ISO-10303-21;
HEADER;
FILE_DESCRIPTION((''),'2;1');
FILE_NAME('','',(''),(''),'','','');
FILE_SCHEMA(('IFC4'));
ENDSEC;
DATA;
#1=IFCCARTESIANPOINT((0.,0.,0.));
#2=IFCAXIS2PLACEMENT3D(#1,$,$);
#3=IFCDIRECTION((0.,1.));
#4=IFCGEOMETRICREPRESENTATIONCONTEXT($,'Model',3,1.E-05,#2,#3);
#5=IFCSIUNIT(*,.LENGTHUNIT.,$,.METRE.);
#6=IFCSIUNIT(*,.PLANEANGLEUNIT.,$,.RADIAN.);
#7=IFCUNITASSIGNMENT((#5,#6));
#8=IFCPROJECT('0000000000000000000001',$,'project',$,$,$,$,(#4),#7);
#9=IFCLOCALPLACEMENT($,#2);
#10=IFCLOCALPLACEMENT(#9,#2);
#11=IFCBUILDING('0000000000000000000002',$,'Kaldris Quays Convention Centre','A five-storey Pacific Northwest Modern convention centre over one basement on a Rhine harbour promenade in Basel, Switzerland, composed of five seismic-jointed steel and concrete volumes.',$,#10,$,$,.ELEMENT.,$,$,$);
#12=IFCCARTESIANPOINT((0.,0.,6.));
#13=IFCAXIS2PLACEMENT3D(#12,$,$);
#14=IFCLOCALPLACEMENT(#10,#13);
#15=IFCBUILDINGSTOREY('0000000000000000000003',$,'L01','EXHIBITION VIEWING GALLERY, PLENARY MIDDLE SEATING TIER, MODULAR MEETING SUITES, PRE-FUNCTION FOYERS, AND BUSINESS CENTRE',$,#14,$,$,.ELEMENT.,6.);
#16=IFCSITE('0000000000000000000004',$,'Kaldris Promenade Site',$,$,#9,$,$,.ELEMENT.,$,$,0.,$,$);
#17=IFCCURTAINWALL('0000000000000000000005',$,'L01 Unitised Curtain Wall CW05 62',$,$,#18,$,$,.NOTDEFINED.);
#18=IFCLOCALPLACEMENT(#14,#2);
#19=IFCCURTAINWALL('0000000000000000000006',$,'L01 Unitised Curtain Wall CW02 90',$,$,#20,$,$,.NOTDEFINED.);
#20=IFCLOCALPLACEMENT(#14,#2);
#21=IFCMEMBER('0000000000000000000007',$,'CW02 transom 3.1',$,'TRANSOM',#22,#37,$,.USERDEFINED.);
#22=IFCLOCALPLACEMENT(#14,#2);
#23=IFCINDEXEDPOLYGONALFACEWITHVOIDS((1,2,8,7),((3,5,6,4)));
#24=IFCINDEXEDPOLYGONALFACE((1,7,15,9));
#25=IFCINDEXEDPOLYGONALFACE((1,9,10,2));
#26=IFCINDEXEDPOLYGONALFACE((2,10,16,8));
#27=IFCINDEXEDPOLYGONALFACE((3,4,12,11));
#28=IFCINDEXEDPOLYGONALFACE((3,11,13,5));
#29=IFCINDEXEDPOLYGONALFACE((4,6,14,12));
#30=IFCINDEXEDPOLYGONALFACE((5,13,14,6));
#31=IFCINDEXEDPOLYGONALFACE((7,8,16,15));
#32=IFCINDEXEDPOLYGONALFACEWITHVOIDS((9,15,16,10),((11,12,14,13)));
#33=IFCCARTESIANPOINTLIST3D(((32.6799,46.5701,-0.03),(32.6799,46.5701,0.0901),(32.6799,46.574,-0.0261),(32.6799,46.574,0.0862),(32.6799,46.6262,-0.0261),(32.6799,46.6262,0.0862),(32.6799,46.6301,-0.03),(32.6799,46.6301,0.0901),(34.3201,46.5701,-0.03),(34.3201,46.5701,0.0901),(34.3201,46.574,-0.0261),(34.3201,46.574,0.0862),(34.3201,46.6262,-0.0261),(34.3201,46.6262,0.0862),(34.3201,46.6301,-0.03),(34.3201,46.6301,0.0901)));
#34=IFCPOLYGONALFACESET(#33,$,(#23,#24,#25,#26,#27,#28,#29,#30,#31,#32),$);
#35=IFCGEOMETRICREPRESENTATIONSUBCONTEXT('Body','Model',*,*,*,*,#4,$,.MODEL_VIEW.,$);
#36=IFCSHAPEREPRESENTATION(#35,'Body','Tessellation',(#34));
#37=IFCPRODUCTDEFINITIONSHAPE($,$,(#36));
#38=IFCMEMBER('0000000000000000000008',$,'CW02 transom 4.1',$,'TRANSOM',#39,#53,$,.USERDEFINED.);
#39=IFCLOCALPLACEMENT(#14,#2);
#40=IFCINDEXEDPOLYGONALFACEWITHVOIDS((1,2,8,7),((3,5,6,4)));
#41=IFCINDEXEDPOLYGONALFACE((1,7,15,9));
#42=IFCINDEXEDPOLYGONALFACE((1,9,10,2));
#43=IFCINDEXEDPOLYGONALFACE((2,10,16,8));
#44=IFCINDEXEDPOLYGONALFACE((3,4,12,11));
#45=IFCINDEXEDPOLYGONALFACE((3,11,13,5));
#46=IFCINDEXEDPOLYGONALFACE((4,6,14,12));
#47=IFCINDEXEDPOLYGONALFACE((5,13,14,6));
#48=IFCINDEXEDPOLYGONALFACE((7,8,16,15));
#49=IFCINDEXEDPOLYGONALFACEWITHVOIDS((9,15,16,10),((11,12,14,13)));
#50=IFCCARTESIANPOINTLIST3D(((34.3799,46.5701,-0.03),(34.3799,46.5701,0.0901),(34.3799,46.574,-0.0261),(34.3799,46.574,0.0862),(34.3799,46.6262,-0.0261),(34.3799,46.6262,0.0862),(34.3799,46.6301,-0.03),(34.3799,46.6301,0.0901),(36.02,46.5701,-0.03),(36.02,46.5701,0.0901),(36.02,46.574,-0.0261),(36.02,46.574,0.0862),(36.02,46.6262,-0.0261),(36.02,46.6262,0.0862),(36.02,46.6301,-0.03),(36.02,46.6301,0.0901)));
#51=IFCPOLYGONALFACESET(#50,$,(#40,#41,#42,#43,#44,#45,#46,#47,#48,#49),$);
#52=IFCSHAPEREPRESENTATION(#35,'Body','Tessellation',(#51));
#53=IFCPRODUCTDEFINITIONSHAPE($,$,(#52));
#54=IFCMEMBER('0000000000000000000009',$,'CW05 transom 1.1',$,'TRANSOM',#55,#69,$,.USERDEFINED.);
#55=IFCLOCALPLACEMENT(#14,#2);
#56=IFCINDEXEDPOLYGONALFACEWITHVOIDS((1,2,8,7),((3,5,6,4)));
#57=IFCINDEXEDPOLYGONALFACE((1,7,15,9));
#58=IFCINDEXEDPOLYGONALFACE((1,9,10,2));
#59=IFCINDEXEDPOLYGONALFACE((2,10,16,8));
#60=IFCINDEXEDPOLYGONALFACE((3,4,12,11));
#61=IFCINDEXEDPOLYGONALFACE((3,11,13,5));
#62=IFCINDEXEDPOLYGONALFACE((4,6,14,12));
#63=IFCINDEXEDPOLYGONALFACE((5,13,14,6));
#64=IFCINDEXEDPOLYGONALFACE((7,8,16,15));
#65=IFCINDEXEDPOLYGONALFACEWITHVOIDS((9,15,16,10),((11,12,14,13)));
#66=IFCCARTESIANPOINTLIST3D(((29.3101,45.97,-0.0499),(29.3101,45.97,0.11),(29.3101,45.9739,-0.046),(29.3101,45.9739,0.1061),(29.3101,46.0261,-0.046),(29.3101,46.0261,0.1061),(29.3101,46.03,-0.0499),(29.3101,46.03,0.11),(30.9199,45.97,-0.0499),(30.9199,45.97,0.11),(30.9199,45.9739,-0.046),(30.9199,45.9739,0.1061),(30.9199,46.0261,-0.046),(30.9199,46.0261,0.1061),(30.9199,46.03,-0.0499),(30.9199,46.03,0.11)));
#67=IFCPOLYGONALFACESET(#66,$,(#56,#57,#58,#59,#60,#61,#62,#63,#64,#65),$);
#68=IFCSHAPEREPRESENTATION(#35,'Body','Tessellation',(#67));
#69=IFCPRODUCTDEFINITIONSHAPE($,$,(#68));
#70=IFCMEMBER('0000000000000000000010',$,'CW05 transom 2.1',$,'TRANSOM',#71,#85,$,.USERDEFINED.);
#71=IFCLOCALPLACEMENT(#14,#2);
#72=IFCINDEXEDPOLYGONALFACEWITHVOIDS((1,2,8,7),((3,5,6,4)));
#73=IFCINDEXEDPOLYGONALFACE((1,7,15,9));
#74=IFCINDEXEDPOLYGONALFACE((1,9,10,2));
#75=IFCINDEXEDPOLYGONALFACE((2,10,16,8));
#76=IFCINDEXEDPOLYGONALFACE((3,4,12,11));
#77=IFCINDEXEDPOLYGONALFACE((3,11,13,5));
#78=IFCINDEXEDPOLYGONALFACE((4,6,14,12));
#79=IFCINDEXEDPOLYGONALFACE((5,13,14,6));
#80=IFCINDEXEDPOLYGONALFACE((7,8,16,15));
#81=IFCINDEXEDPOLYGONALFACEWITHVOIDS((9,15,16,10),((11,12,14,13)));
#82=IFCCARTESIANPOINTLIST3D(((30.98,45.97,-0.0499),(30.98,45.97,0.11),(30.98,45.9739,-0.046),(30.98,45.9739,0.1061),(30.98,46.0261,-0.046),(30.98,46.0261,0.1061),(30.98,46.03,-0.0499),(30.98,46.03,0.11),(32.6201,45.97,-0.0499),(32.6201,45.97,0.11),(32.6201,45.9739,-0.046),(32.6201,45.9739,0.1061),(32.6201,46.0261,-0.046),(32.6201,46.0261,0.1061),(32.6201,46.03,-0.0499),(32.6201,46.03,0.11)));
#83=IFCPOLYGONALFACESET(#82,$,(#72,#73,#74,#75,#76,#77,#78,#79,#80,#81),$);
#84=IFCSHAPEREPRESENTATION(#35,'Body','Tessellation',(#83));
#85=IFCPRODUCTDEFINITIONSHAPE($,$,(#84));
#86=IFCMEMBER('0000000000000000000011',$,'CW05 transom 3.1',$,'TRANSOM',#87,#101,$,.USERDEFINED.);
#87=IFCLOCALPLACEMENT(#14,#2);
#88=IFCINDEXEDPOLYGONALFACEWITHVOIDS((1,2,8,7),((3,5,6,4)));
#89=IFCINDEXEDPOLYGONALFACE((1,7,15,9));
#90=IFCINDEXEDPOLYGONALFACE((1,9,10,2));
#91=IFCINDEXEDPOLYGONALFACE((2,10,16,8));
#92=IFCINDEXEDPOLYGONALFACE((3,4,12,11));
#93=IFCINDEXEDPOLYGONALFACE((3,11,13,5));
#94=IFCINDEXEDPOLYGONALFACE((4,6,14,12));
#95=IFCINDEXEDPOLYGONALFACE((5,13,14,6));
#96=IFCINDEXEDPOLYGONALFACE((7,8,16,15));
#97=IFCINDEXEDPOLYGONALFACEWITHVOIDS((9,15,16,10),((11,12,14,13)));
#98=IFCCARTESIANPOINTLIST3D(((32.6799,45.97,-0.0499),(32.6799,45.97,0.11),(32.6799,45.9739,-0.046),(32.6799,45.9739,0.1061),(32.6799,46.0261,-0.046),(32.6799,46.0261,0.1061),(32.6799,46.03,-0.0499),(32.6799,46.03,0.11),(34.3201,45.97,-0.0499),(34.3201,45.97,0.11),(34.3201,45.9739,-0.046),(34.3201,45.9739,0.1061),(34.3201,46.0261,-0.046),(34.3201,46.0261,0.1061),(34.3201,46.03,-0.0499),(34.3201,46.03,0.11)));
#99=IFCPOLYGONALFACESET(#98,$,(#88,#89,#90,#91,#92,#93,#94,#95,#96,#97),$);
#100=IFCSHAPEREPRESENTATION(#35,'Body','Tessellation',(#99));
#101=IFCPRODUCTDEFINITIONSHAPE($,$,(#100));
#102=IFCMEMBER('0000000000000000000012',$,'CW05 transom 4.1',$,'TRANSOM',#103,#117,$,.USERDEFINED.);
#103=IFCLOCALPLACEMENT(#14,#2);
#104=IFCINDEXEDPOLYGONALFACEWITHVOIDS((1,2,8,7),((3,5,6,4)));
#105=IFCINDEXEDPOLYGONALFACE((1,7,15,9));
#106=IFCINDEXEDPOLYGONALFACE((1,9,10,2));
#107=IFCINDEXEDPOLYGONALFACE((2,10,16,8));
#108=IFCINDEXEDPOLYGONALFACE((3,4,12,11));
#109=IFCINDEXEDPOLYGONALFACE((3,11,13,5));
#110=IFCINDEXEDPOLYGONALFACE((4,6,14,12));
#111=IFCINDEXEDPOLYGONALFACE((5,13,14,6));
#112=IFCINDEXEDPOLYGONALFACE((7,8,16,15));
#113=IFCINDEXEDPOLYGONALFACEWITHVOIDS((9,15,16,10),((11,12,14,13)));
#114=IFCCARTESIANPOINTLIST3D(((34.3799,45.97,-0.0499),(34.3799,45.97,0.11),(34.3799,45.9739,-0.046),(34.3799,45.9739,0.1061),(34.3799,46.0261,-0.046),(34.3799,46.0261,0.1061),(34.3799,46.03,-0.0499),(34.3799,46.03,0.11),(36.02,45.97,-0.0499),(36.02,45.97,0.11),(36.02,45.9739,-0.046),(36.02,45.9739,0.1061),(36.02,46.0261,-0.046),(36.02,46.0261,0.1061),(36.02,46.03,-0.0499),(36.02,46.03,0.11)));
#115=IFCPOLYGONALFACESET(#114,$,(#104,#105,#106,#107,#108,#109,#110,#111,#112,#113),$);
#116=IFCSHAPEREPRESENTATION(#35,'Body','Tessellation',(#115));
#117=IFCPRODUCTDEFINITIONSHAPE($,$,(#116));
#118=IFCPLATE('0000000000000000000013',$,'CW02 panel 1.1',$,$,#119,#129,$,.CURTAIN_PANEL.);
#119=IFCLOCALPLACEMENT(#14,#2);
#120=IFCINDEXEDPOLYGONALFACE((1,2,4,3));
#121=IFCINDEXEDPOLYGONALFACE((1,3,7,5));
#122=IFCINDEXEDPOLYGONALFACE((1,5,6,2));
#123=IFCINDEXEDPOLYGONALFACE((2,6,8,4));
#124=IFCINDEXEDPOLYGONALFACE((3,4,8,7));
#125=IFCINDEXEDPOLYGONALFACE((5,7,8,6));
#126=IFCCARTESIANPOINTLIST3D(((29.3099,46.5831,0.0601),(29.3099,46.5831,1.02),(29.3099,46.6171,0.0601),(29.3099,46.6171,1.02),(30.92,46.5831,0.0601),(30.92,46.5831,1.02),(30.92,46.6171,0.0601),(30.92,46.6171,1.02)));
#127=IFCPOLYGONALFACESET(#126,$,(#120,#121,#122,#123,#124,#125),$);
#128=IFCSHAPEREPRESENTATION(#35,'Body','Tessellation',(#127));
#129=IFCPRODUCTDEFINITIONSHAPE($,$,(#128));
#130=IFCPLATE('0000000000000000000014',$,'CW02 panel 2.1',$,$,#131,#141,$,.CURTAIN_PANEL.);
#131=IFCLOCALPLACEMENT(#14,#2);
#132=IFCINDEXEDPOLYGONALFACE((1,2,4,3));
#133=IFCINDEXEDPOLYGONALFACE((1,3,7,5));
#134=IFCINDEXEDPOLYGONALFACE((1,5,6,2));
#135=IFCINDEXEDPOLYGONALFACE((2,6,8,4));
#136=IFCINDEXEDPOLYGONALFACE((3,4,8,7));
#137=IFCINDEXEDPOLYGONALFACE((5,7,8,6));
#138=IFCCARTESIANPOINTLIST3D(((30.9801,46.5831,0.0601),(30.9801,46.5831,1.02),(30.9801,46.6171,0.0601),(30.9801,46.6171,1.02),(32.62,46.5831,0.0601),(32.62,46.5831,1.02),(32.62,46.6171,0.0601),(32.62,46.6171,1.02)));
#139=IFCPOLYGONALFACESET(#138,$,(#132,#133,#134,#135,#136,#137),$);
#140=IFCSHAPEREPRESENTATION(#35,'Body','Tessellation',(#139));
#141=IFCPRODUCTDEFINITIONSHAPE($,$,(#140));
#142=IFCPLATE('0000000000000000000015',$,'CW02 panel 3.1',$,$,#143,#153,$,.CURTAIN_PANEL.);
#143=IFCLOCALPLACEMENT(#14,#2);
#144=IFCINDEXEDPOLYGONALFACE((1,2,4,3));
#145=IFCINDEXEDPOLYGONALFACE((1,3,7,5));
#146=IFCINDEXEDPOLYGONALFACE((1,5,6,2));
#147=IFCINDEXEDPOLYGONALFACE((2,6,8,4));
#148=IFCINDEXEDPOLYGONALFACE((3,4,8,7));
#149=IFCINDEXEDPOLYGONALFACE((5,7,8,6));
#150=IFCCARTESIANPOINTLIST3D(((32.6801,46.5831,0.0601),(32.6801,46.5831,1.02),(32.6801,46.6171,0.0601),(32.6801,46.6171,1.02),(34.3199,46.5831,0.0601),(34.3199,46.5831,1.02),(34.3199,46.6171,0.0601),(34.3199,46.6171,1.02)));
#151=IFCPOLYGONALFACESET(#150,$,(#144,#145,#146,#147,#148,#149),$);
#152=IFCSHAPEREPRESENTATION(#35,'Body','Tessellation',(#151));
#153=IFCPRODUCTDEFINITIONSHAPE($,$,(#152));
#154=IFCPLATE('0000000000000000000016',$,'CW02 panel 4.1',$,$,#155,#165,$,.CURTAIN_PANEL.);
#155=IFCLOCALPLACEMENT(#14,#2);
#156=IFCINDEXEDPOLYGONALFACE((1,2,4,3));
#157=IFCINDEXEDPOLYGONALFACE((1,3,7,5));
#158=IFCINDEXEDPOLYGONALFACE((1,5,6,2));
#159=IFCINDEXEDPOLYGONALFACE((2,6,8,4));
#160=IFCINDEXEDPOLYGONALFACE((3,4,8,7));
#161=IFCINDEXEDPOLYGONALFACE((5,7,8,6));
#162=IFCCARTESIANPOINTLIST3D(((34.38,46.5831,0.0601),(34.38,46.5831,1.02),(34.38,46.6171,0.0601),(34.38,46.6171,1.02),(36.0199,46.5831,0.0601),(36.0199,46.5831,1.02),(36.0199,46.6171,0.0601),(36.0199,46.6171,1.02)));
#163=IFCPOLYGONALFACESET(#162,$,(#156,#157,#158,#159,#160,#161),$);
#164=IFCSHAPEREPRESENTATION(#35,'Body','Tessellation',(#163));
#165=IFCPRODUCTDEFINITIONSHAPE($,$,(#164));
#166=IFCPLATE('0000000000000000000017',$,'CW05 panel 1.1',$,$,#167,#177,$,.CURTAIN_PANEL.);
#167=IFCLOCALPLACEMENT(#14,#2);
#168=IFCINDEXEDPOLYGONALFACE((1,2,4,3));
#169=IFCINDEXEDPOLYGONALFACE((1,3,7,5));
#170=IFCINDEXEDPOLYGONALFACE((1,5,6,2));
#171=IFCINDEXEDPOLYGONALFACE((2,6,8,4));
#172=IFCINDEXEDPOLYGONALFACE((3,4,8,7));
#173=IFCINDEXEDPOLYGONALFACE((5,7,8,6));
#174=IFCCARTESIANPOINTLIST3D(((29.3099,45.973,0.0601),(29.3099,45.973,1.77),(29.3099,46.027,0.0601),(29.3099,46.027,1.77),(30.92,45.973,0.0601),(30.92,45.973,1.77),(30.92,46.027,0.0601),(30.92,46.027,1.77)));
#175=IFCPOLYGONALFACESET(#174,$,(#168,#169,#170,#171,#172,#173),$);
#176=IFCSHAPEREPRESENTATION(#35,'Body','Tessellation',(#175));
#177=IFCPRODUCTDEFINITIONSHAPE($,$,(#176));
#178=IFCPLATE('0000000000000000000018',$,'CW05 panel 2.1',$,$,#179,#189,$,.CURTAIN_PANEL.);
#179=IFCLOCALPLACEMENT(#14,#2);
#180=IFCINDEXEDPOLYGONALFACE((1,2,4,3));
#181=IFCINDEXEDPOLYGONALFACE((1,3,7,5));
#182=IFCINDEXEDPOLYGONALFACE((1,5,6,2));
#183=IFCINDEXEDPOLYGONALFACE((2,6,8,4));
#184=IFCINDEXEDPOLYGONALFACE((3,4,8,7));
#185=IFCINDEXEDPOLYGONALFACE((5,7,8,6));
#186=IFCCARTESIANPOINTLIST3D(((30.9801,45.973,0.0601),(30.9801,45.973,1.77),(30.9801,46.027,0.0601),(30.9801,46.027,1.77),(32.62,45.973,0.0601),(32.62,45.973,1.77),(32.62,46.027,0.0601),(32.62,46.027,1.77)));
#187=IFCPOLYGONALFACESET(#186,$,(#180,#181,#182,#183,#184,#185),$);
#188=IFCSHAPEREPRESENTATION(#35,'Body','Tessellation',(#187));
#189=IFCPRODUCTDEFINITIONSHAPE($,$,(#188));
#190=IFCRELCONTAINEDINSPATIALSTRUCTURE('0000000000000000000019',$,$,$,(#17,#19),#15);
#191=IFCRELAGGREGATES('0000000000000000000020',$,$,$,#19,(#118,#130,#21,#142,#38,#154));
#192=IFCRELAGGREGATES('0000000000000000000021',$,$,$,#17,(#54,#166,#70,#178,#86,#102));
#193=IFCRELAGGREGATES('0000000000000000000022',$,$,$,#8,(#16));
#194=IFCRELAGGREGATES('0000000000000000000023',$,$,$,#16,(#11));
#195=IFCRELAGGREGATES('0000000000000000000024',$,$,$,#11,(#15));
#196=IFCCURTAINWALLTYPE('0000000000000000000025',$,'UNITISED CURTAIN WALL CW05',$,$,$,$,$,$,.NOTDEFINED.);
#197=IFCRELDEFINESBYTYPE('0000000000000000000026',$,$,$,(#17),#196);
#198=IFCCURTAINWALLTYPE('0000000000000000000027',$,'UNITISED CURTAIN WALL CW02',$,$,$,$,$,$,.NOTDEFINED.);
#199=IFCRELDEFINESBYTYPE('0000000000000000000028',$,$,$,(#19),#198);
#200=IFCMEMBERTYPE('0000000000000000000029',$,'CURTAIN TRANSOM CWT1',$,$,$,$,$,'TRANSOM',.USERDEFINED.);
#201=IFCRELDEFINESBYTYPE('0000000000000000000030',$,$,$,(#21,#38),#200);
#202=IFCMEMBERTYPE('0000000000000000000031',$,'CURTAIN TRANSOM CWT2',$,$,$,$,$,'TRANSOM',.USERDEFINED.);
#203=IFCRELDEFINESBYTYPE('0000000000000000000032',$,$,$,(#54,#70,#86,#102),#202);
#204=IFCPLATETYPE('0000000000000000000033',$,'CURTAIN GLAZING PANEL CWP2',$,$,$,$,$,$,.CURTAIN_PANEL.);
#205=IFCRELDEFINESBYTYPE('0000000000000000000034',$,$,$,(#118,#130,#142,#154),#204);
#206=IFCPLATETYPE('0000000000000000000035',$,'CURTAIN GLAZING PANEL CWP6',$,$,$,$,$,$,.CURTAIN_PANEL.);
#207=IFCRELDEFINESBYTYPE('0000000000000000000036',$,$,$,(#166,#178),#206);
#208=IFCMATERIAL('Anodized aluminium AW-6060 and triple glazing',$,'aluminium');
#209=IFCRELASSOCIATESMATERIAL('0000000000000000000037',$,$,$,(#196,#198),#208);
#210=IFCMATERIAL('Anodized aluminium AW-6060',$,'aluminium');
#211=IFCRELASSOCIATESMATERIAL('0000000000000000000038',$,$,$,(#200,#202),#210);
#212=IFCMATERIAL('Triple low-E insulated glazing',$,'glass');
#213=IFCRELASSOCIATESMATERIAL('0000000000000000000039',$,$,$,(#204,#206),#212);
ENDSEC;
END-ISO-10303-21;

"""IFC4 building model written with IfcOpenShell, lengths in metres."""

from ifc_helpers import new_model, si_unit, direction, frame, origin, origin_2d, place, context, subcontext, project, spatial, rectangle, hollow_rectangle, extrude, material, material_profile, profile_set, type_object, element, aggregate, save


model = new_model("IFC4")

# Units and contexts
model_context = context("Model", 3, precision=1e-05, world=origin(), true_north=direction((0.0, 1.0)))
body_context = subcontext(model_context, "Body", "Model", "MODEL_VIEW")
ifc_project = project(units=[si_unit("LENGTHUNIT", "METRE"), si_unit("PLANEANGLEUNIT", "RADIAN")], contexts=[model_context])

# Site, building, storey
site_placement = place(None, origin())
site = spatial("IfcSite", under=ifc_project, at=site_placement, Name="Kaldris Promenade Site", CompositionType="ELEMENT", RefElevation=0.0)
building_placement = place(site_placement, origin())
building = spatial("IfcBuilding", under=site, at=building_placement, Name="Kaldris Quays Convention Centre", Description="A five-storey Pacific Northwest Modern convention centre over one basement on a Rhine harbour promenade in Basel, Switzerland, composed of five seismic-jointed steel and concrete volumes.", CompositionType="ELEMENT")
storey_placement = place(building_placement, frame((0.0, 0.0, 6.0)))
storey = spatial("IfcBuildingStorey", under=building, at=storey_placement, Name="L01", Description="EXHIBITION VIEWING GALLERY, PLENARY MIDDLE SEATING TIER, MODULAR MEETING SUITES, PRE-FUNCTION FOYERS, AND BUSINESS CENTRE", CompositionType="ELEMENT", Elevation=6.0)

# Curtain walls, members
ifc_material_1 = material(Name="Anodized aluminium AW-6060 and triple glazing", Category="aluminium")
curtain_wall_type_1 = type_object("IfcCurtainWallType", Name="UNITISED CURTAIN WALL CW05", PredefinedType="NOTDEFINED", material=ifc_material_1)
curtain_wall_1_placement = place(storey_placement, origin())
curtain_wall_1 = element("IfcCurtainWall", 1, at=curtain_wall_1_placement, inside=storey, type_object=curtain_wall_type_1, Name="L01 Unitised Curtain Wall CW05 62", PredefinedType="NOTDEFINED")
ifc_material_2 = material(Name="Anodized aluminium AW-6060", Category="aluminium")
curtain_wall_type_2 = type_object("IfcCurtainWallType", Name="UNITISED CURTAIN WALL CW02", PredefinedType="NOTDEFINED", material=ifc_material_1)
curtain_wall_2_placement = place(storey_placement, origin())
curtain_wall_2 = element("IfcCurtainWall", 2, at=curtain_wall_2_placement, inside=storey, type_object=curtain_wall_type_2, Name="L01 Unitised Curtain Wall CW02 90", PredefinedType="NOTDEFINED")
ifc_material_profile_1 = material_profile(ifc_material_2, hollow_rectangle(XDim=0.0601, YDim=0.1201, WallThickness=0.0039, at=origin_2d()), Name="RHS 120x60x4")
ifc_profile_set_1 = profile_set([ifc_material_profile_1], Name="Anodized aluminium AW-6060")
member_type_1 = type_object("IfcMemberType", Name="CURTAIN TRANSOM CWT1", ElementType="TRANSOM", PredefinedType="USERDEFINED", material=ifc_profile_set_1)
member_1_placement = place(storey_placement, frame((32.6799, 46.6001, 0.03), z_axis=(1.0, 0.0, 0.0), x_axis=(0.0, 1.0, 0.0)))
member_1 = element("IfcMember", 3, at=member_1_placement, type_object=member_type_1, Name="CW02 transom 3.1", ObjectType="TRANSOM", PredefinedType="USERDEFINED", context=body_context, shape_type="SweptSolid", body=[
    extrude(hollow_rectangle(XDim=0.0601, YDim=0.1201, WallThickness=0.0039, at=origin_2d()), origin(), (0.0, 0.0, 1.0), 1.6401),
])
member_2_placement = place(storey_placement, frame((34.3799, 46.6001, 0.03), z_axis=(1.0, 0.0, 0.0), x_axis=(0.0, 1.0, 0.0)))
member_2 = element("IfcMember", 4, at=member_2_placement, type_object=member_type_1, Name="CW02 transom 4.1", ObjectType="TRANSOM", PredefinedType="USERDEFINED", context=body_context, shape_type="SweptSolid", body=[
    extrude(hollow_rectangle(XDim=0.0601, YDim=0.1201, WallThickness=0.0039, at=origin_2d()), origin(), (0.0, 0.0, 1.0), 1.6401),
])

# Members
ifc_material_profile_2 = material_profile(ifc_material_2, hollow_rectangle(XDim=0.0601, YDim=0.1599, WallThickness=0.0039, at=origin_2d()), Name="RHS 160x60x4")
ifc_profile_set_2 = profile_set([ifc_material_profile_2], Name="Anodized aluminium AW-6060")
member_type_2 = type_object("IfcMemberType", Name="CURTAIN TRANSOM CWT2", ElementType="TRANSOM", PredefinedType="USERDEFINED", material=ifc_profile_set_2)
member_3_placement = place(storey_placement, frame((29.3101, 46.0, 0.03), z_axis=(1.0, 0.0, 0.0), x_axis=(0.0, 1.0, 0.0)))
member_3 = element("IfcMember", 5, at=member_3_placement, type_object=member_type_2, Name="CW05 transom 1.1", ObjectType="TRANSOM", PredefinedType="USERDEFINED", context=body_context, shape_type="SweptSolid", body=[
    extrude(hollow_rectangle(XDim=0.0601, YDim=0.1599, WallThickness=0.0039, at=origin_2d()), origin(), (0.0, 0.0, 1.0), 1.6099),
])
member_4_placement = place(storey_placement, frame((30.98, 46.0, 0.03), z_axis=(1.0, 0.0, 0.0), x_axis=(0.0, 1.0, 0.0)))
member_4 = element("IfcMember", 6, at=member_4_placement, type_object=member_type_2, Name="CW05 transom 2.1", ObjectType="TRANSOM", PredefinedType="USERDEFINED", context=body_context, shape_type="SweptSolid", body=[
    extrude(hollow_rectangle(XDim=0.0601, YDim=0.1599, WallThickness=0.0039, at=origin_2d()), origin(), (0.0, 0.0, 1.0), 1.6401),
])
member_5_placement = place(storey_placement, frame((32.6799, 46.0, 0.03), z_axis=(1.0, 0.0, 0.0), x_axis=(0.0, 1.0, 0.0)))
member_5 = element("IfcMember", 7, at=member_5_placement, type_object=member_type_2, Name="CW05 transom 3.1", ObjectType="TRANSOM", PredefinedType="USERDEFINED", context=body_context, shape_type="SweptSolid", body=[
    extrude(hollow_rectangle(XDim=0.0601, YDim=0.1599, WallThickness=0.0039, at=origin_2d()), origin(), (0.0, 0.0, 1.0), 1.6401),
])
member_6_placement = place(storey_placement, frame((34.3799, 46.0, 0.03), z_axis=(1.0, 0.0, 0.0), x_axis=(0.0, 1.0, 0.0)))
member_6 = element("IfcMember", 8, at=member_6_placement, type_object=member_type_2, Name="CW05 transom 4.1", ObjectType="TRANSOM", PredefinedType="USERDEFINED", context=body_context, shape_type="SweptSolid", body=[
    extrude(hollow_rectangle(XDim=0.0601, YDim=0.1599, WallThickness=0.0039, at=origin_2d()), origin(), (0.0, 0.0, 1.0), 1.6401),
])

# Plates
ifc_material_3 = material(Name="Triple low-E insulated glazing", Category="glass")
plate_type_1 = type_object("IfcPlateType", Name="CURTAIN GLAZING PANEL CWP2", PredefinedType="CURTAIN_PANEL", material=ifc_material_3)
plate_1_placement = place(storey_placement, frame((30.115, 46.6001, 0.0601), z_axis=(0.0, 0.0, 1.0), x_axis=(1.0, 0.0, 0.0)))
plate_1 = element("IfcPlate", 9, at=plate_1_placement, type_object=plate_type_1, Name="CW02 panel 1.1", PredefinedType="CURTAIN_PANEL", context=body_context, shape_type="SweptSolid", body=[
    extrude(rectangle(XDim=1.6101, YDim=0.0339, at=origin_2d()), origin(), (0.0, 0.0, 1.0), 0.96),
])
plate_2_placement = place(storey_placement, frame((31.8, 46.6001, 0.0601), z_axis=(0.0, 0.0, 1.0), x_axis=(1.0, 0.0, 0.0)))
plate_2 = element("IfcPlate", 10, at=plate_2_placement, type_object=plate_type_1, Name="CW02 panel 2.1", PredefinedType="CURTAIN_PANEL", context=body_context, shape_type="SweptSolid", body=[
    extrude(rectangle(XDim=1.6399, YDim=0.0339, at=origin_2d()), origin(), (0.0, 0.0, 1.0), 0.96),
])
plate_3_placement = place(storey_placement, frame((33.5, 46.6001, 0.0601), z_axis=(0.0, 0.0, 1.0), x_axis=(1.0, 0.0, 0.0)))
plate_3 = element("IfcPlate", 11, at=plate_3_placement, type_object=plate_type_1, Name="CW02 panel 3.1", PredefinedType="CURTAIN_PANEL", context=body_context, shape_type="SweptSolid", body=[
    extrude(rectangle(XDim=1.6399, YDim=0.0339, at=origin_2d()), origin(), (0.0, 0.0, 1.0), 0.96),
])
plate_4_placement = place(storey_placement, frame((35.2, 46.6001, 0.0601), z_axis=(0.0, 0.0, 1.0), x_axis=(1.0, 0.0, 0.0)))
plate_4 = element("IfcPlate", 12, at=plate_4_placement, type_object=plate_type_1, Name="CW02 panel 4.1", PredefinedType="CURTAIN_PANEL", context=body_context, shape_type="SweptSolid", body=[
    extrude(rectangle(XDim=1.6399, YDim=0.0339, at=origin_2d()), origin(), (0.0, 0.0, 1.0), 0.96),
])
aggregate(curtain_wall_2, [plate_1, plate_2, member_1, plate_3, member_2, plate_4])
plate_type_2 = type_object("IfcPlateType", Name="CURTAIN GLAZING PANEL CWP6", PredefinedType="CURTAIN_PANEL", material=ifc_material_3)
plate_5_placement = place(storey_placement, frame((30.115, 46.0, 0.0601), z_axis=(0.0, 0.0, 1.0), x_axis=(1.0, 0.0, 0.0)))
plate_5 = element("IfcPlate", 13, at=plate_5_placement, type_object=plate_type_2, Name="CW05 panel 1.1", PredefinedType="CURTAIN_PANEL", context=body_context, shape_type="SweptSolid", body=[
    extrude(rectangle(XDim=1.6101, YDim=0.054, at=origin_2d()), origin(), (0.0, 0.0, 1.0), 1.71),
])
plate_6_placement = place(storey_placement, frame((31.8, 46.0, 0.0601), z_axis=(0.0, 0.0, 1.0), x_axis=(1.0, 0.0, 0.0)))
plate_6 = element("IfcPlate", 14, at=plate_6_placement, type_object=plate_type_2, Name="CW05 panel 2.1", PredefinedType="CURTAIN_PANEL", context=body_context, shape_type="SweptSolid", body=[
    extrude(rectangle(XDim=1.6399, YDim=0.054, at=origin_2d()), origin(), (0.0, 0.0, 1.0), 1.71),
])
aggregate(curtain_wall_1, [member_3, plate_5, member_4, plate_6, member_5, member_6])

save(model, "model.ifc")
